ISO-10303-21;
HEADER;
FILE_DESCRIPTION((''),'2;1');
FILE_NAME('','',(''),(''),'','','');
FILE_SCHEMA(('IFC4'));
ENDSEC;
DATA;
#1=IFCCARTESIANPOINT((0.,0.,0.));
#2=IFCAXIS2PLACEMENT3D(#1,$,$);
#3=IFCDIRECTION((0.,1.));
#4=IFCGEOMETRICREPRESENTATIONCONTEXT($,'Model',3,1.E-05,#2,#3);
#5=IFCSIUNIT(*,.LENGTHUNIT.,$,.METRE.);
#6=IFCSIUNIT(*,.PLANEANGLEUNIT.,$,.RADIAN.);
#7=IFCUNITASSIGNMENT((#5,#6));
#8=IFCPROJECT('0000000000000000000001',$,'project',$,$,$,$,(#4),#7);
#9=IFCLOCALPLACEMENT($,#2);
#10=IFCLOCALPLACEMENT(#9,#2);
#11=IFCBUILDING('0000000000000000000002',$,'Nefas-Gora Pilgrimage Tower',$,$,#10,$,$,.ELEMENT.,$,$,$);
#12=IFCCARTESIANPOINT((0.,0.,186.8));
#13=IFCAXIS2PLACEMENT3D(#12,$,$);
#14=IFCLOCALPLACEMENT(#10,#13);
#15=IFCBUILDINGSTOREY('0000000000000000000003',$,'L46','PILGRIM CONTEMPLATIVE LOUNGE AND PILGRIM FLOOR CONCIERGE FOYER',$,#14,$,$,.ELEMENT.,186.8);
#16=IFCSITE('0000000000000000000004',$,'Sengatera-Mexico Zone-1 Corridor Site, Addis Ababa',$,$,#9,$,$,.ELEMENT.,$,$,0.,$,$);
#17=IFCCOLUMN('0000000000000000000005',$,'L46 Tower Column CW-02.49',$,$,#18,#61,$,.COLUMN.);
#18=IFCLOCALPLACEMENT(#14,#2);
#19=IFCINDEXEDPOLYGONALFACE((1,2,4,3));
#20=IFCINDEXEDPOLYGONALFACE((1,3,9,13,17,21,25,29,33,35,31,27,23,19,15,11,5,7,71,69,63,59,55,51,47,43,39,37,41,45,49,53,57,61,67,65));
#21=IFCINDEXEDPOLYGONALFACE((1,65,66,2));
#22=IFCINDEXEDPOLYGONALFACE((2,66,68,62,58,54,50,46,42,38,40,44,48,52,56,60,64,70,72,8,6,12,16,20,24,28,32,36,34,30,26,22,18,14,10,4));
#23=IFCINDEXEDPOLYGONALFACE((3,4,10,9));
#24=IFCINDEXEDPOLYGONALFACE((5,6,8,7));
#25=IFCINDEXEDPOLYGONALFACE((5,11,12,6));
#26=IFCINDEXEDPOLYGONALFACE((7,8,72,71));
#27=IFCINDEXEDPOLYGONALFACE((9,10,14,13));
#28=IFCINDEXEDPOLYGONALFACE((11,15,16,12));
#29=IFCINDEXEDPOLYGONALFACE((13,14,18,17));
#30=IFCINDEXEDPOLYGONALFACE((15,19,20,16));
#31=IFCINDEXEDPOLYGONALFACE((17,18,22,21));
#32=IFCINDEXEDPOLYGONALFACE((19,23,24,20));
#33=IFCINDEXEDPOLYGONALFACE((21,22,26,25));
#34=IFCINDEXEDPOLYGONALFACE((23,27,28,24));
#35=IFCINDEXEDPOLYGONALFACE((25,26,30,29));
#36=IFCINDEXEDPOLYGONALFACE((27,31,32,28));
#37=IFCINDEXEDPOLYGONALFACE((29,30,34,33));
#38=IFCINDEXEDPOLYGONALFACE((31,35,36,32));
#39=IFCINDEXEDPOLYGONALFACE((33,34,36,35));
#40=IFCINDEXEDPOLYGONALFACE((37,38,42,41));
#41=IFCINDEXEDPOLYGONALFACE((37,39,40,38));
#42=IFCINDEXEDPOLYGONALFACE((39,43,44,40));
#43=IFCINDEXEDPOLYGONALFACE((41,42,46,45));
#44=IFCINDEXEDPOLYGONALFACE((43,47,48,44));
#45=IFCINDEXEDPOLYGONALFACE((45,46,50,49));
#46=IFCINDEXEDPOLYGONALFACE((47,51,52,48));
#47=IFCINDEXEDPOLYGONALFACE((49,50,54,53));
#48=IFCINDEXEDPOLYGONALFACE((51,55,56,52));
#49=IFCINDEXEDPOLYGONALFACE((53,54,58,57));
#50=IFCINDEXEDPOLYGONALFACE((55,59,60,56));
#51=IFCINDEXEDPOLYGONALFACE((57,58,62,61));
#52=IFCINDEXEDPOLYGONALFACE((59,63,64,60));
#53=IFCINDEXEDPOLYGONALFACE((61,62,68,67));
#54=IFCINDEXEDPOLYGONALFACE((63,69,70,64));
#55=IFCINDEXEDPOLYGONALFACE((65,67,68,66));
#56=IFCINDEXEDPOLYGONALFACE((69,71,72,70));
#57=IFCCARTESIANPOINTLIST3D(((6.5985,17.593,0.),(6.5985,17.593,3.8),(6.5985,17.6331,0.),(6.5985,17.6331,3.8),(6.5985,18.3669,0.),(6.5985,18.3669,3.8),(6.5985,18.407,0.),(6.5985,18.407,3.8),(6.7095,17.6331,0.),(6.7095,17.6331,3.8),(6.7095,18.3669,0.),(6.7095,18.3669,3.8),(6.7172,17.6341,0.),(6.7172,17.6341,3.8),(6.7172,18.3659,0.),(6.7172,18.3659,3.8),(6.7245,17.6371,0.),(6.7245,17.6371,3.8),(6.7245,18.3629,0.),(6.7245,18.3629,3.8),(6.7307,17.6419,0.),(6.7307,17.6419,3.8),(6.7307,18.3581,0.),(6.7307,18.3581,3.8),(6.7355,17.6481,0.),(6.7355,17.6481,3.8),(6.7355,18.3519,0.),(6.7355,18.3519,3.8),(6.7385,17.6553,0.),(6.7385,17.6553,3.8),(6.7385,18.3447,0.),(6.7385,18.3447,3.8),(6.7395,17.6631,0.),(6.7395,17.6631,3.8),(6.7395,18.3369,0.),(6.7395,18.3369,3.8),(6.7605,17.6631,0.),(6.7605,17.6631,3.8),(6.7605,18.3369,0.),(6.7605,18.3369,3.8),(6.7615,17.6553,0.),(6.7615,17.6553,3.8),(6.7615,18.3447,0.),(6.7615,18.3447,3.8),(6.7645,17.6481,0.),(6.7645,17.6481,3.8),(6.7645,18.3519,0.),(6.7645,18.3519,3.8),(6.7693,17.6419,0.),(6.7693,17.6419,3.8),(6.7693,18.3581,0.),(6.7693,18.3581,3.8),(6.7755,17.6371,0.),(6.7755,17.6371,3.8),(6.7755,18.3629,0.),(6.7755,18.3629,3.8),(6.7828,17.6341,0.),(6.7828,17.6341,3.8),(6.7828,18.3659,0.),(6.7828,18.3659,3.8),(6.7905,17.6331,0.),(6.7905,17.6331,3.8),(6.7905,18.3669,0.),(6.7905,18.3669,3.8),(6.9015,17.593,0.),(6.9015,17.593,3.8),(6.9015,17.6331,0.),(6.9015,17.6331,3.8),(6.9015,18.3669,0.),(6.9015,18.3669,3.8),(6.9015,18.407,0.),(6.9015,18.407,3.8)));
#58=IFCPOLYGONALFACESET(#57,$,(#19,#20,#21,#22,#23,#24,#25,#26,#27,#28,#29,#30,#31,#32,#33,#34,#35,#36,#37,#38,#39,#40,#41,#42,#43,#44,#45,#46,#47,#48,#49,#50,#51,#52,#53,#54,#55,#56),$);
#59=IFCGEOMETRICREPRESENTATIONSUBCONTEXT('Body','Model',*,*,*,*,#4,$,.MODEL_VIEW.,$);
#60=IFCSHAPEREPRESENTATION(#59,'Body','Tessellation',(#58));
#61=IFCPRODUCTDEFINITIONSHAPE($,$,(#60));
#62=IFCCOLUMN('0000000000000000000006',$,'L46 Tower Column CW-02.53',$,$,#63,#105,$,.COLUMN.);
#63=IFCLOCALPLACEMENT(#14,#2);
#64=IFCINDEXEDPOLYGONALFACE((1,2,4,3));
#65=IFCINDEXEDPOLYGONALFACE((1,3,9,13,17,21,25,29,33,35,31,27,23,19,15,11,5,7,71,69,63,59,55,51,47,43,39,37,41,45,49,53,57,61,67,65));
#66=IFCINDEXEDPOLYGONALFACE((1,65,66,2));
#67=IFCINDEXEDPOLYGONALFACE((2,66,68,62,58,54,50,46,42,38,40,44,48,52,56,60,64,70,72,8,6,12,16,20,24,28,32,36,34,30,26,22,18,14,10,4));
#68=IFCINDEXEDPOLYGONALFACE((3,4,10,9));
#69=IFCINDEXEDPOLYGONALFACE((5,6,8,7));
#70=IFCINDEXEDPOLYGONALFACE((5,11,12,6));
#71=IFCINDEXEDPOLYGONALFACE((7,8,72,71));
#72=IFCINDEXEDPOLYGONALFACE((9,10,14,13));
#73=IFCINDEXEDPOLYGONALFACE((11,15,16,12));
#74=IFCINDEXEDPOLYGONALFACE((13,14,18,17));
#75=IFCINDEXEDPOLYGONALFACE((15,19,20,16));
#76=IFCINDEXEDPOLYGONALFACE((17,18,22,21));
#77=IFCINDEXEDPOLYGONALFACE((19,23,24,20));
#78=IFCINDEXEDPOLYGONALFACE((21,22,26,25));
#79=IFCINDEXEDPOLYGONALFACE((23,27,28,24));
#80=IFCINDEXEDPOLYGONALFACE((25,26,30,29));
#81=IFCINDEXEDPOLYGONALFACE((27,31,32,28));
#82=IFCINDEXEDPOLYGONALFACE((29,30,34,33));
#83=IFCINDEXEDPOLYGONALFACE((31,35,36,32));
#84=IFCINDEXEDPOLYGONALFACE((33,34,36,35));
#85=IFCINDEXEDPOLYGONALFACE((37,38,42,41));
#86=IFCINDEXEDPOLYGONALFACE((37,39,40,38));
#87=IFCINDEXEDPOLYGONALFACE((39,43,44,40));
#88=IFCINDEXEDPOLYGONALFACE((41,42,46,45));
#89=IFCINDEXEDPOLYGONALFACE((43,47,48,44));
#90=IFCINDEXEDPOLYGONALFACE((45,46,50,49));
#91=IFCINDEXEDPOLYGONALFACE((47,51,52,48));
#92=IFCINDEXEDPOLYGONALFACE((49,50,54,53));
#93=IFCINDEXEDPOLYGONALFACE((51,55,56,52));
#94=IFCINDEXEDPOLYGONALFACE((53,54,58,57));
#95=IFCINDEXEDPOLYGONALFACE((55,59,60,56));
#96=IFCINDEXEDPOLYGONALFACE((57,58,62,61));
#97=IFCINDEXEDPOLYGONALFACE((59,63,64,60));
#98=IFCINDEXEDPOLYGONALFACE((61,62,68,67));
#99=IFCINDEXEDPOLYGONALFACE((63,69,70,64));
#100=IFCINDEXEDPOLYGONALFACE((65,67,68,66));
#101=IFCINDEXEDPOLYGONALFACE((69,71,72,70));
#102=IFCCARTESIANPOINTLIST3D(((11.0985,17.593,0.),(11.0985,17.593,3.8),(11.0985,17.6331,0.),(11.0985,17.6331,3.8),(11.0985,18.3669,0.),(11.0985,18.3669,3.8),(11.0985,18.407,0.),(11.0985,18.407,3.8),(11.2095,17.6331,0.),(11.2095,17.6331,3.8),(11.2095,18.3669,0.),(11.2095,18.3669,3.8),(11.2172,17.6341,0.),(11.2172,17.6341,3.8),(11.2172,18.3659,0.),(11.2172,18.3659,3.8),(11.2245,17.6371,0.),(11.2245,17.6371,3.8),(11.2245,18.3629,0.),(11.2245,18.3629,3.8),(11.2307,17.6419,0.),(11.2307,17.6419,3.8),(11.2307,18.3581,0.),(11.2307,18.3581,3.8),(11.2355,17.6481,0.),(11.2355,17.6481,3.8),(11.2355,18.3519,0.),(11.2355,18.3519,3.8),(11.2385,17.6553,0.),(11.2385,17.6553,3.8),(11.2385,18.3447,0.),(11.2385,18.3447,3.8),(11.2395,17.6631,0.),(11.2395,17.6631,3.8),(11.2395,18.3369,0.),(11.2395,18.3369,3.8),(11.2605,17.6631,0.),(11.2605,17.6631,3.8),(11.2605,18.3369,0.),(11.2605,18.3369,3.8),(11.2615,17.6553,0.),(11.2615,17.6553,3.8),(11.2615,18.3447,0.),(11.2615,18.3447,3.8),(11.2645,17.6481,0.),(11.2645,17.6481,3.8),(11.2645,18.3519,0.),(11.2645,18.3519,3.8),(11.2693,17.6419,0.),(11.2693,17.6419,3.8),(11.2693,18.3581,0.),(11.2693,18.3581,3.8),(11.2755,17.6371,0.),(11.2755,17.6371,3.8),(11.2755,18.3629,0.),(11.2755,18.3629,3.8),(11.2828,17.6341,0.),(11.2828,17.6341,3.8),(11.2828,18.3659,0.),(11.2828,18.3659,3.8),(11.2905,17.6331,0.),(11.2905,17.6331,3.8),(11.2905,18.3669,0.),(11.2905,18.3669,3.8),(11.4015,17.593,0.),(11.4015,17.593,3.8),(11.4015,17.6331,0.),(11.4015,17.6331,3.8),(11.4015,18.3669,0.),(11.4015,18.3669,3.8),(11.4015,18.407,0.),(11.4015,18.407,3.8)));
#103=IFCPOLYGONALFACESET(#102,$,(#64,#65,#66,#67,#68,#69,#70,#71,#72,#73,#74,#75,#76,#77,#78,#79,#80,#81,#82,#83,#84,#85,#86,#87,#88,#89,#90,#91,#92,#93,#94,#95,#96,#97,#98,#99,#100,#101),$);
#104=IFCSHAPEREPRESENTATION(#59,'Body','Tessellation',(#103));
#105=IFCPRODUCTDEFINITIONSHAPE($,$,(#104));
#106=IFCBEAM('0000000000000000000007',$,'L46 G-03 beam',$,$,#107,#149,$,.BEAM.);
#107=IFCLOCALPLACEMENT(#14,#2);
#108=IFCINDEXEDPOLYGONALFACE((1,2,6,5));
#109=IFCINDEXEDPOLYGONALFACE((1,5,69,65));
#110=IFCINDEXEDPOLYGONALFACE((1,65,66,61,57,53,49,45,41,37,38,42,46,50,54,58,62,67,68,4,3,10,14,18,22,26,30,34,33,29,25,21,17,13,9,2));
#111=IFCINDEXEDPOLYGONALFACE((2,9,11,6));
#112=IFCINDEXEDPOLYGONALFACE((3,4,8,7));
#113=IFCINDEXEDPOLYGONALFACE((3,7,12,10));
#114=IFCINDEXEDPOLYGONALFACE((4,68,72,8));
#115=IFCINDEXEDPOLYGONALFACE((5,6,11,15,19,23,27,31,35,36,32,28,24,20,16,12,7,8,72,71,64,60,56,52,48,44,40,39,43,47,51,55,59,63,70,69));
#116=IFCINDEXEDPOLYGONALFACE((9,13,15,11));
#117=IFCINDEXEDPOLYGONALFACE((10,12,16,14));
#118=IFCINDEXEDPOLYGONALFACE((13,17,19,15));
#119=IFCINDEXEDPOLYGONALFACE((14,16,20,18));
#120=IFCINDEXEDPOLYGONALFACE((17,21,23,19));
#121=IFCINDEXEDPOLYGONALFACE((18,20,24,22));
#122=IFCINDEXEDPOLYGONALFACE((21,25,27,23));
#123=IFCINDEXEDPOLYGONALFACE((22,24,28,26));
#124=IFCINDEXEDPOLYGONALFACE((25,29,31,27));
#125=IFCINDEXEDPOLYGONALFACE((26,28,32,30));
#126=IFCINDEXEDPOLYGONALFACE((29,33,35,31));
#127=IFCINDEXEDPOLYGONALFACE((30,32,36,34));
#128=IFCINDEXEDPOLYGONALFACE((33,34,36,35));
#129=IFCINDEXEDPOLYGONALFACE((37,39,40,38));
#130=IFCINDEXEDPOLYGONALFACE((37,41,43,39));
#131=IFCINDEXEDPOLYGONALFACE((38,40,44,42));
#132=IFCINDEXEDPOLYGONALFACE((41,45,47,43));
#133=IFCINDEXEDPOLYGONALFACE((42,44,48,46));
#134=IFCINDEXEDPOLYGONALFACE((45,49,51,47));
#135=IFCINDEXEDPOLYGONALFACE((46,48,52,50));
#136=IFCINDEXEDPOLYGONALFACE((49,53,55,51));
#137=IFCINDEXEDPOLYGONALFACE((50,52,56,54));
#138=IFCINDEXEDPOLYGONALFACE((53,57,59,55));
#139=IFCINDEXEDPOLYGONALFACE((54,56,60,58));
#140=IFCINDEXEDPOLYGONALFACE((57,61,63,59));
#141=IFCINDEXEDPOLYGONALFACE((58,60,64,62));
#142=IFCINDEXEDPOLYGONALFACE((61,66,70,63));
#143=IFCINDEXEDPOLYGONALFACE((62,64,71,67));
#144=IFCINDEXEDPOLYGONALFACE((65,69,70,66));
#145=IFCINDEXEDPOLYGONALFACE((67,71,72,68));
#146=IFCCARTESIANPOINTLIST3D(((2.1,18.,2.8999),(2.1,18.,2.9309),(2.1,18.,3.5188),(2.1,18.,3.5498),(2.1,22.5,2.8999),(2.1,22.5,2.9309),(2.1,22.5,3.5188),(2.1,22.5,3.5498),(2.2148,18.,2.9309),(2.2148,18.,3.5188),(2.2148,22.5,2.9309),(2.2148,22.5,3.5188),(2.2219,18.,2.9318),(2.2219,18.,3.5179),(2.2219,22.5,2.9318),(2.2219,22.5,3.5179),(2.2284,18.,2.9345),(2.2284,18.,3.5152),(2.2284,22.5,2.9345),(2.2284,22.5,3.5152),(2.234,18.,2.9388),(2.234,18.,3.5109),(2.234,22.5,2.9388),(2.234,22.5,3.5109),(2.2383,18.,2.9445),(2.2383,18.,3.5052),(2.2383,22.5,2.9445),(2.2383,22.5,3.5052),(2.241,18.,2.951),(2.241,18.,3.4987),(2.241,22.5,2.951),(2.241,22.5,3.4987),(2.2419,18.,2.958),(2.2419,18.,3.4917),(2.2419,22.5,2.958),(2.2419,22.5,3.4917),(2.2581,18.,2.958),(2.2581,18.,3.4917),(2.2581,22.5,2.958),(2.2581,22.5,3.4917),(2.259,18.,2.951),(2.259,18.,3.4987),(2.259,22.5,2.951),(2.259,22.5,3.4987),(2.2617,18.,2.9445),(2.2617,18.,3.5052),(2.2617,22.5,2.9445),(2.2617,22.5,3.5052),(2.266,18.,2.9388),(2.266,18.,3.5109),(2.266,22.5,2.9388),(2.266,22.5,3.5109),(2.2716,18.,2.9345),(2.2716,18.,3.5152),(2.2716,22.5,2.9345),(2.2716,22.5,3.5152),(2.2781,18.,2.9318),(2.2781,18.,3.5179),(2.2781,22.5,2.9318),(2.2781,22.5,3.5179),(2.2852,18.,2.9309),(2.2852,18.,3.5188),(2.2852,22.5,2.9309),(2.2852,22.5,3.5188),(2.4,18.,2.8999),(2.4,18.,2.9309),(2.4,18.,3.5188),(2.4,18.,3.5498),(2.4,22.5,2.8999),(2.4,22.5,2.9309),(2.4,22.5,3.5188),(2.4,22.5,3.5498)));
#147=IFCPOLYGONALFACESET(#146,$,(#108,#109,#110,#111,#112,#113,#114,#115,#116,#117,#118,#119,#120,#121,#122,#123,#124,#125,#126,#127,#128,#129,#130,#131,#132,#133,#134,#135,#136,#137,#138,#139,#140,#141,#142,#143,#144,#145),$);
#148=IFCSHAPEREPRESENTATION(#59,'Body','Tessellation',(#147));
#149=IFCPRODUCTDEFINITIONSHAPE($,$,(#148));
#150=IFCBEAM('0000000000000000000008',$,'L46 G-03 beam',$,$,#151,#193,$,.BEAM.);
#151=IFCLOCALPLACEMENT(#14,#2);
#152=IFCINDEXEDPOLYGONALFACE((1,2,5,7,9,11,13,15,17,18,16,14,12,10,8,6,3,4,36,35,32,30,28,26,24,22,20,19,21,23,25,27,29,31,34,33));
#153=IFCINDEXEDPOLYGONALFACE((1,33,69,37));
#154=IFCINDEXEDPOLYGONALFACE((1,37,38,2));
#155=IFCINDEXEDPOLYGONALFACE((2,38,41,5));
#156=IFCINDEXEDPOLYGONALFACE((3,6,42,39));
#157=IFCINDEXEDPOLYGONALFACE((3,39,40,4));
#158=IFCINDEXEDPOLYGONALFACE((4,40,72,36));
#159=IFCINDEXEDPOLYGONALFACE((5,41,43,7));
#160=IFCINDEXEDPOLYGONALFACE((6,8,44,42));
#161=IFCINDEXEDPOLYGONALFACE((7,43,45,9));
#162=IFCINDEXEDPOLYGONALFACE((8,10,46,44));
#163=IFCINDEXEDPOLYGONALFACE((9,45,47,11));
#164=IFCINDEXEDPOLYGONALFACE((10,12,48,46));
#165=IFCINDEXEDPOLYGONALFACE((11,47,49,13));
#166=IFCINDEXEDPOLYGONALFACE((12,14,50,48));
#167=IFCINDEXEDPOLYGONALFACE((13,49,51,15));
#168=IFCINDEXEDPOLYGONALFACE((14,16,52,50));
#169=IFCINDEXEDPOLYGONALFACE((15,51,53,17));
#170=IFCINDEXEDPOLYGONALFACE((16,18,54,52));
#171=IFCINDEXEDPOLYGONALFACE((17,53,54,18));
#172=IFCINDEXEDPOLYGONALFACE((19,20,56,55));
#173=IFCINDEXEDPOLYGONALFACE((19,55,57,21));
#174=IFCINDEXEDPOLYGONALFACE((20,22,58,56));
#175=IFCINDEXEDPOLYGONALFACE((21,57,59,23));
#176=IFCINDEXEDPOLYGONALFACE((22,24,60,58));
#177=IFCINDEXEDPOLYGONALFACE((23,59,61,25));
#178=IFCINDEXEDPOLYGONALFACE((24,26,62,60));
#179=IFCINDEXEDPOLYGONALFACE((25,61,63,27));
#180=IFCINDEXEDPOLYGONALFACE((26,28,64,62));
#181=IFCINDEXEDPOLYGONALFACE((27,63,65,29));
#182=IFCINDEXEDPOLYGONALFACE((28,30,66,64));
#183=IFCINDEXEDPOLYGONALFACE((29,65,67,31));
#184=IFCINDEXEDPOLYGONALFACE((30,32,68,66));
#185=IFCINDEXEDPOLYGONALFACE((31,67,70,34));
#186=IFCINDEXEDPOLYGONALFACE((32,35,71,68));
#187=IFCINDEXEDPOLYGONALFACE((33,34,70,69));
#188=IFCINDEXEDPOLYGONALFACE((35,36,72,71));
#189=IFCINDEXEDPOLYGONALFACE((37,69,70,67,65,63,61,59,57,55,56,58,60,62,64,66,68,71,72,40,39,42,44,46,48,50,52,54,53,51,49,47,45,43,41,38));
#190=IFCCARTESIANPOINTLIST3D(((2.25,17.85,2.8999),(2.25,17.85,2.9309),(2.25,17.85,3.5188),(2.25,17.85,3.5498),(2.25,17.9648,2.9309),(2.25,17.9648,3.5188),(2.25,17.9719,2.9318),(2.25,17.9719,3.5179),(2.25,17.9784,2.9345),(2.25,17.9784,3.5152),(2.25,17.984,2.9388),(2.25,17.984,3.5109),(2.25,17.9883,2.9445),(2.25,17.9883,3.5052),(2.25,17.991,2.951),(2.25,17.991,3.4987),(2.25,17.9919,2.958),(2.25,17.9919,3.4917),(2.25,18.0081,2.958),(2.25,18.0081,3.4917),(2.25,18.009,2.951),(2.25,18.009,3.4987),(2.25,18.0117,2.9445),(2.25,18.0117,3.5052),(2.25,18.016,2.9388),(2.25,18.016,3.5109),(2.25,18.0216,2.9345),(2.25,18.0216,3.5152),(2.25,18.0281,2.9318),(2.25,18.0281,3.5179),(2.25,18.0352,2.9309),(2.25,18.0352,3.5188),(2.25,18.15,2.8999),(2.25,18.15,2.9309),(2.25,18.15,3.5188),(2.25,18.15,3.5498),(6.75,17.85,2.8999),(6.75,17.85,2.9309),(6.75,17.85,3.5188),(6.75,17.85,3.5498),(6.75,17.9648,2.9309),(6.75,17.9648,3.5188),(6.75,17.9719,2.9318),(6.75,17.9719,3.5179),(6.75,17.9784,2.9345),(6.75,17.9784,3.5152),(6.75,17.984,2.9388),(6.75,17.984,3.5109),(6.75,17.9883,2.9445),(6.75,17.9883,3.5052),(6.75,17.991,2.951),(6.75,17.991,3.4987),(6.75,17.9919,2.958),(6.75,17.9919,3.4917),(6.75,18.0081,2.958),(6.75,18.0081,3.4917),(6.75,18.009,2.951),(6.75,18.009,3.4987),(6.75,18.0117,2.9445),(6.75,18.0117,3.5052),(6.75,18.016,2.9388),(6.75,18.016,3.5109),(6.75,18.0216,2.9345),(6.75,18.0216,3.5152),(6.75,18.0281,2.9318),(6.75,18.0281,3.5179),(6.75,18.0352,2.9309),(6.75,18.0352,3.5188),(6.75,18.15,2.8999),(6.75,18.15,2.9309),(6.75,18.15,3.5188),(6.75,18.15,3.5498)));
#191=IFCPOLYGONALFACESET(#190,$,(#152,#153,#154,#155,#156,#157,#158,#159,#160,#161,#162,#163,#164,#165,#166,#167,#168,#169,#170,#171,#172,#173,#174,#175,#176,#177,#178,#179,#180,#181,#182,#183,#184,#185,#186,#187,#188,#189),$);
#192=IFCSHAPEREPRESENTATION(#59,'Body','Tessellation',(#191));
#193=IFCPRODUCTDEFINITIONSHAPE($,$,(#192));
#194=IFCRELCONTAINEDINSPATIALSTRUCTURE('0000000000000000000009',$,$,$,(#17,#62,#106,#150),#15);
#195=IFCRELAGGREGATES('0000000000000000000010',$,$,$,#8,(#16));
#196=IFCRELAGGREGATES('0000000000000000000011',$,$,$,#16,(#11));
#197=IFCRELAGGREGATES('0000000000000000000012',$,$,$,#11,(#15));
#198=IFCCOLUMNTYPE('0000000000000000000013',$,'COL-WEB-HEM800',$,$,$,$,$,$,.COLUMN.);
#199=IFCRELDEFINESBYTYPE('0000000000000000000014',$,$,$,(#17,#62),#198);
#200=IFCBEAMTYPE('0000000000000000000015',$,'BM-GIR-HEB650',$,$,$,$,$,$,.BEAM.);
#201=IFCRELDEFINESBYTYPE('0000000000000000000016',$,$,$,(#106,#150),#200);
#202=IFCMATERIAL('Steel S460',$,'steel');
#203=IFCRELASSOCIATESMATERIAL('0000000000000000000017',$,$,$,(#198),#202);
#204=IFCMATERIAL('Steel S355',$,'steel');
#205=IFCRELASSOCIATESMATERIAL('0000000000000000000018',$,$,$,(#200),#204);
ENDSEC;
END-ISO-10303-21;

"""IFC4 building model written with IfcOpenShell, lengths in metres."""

from ifc_helpers import new_model, si_unit, direction, frame, origin, origin_2d, place, context, subcontext, project, spatial, i_section, extrude, source, transform, mapped, material, material_profile, profile_set, type_object, element, save


model = new_model("IFC4")

# Units and contexts
model_context = context("Model", 3, precision=1e-05, world=origin(), true_north=direction((0.0, 1.0)))
body_context = subcontext(model_context, "Body", "Model", "MODEL_VIEW")
ifc_project = project(units=[si_unit("LENGTHUNIT", "METRE"), si_unit("PLANEANGLEUNIT", "RADIAN")], contexts=[model_context])

# Site, building, storey
site_placement = place(None, origin())
site = spatial("IfcSite", under=ifc_project, at=site_placement, Name="Sengatera-Mexico Zone-1 Corridor Site, Addis Ababa", CompositionType="ELEMENT", RefElevation=0.0)
building_placement = place(site_placement, origin())
building = spatial("IfcBuilding", under=site, at=building_placement, Name="Nefas-Gora Pilgrimage Tower", CompositionType="ELEMENT")
storey_placement = place(building_placement, frame((0.0, 0.0, 186.8)))
storey = spatial("IfcBuildingStorey", under=building, at=storey_placement, Name="L46", Description="PILGRIM CONTEMPLATIVE LOUNGE AND PILGRIM FLOOR CONCIERGE FOYER", CompositionType="ELEMENT", Elevation=186.8)

# Columns
ifc_material_1 = material(Name="Steel S460", Category="steel")
ifc_material_profile_1 = material_profile(ifc_material_1, i_section(OverallWidth=0.303, OverallDepth=0.814, WebThickness=0.021, FlangeThickness=0.04, FilletRadius=0.03, at=origin_2d()), Name="HEM 800")
ifc_profile_set_1 = profile_set([ifc_material_profile_1], Name="Steel S460")
column_type_1 = type_object("IfcColumnType", Name="COL-WEB-HEM800", PredefinedType="COLUMN", material=ifc_profile_set_1)
shared_shape_1 = source(origin(), body_context, "Body", "SweptSolid", [
    extrude(i_section(OverallWidth=0.303, OverallDepth=0.814, WebThickness=0.021, FlangeThickness=0.04, FilletRadius=0.03, at=origin_2d()), origin(), (0.0, 0.0, 1.0), 3.8),
])
for number, where, z_axis, x_axis, name in (
    (1, (6.75, 18.0, 0.0), (0.0, 0.0, 1.0), (1.0, 0.0, 0.0), "L46 Tower Column CW-02.49"),
    (2, (11.25, 18.0, 0.0), (0.0, 0.0, 1.0), (1.0, 0.0, 0.0), "L46 Tower Column CW-02.53"),
):
    element("IfcColumn", number, at=place(storey_placement, frame(where, z_axis=z_axis, x_axis=x_axis)), inside=storey, type_object=column_type_1, Name=name, PredefinedType="COLUMN", context=body_context, shape_type="MappedRepresentation", body=[
        mapped(shared_shape_1, transform((0.0, 0.0, 0.0), x_axis=(1.0, 0.0, 0.0), y_axis=(0.0, 1.0, 0.0), z_axis=(0.0, 0.0, 1.0), scale=1.0)),
    ])

# Beams
ifc_material_2 = material(Name="Steel S355", Category="steel")
ifc_material_profile_2 = material_profile(ifc_material_2, i_section(OverallWidth=0.3, OverallDepth=0.6499, WebThickness=0.0161, FlangeThickness=0.031, FilletRadius=0.0271, at=origin_2d()), Name="HEB 650")
ifc_profile_set_2 = profile_set([ifc_material_profile_2], Name="Steel S355")
beam_type = type_object("IfcBeamType", Name="BM-GIR-HEB650", PredefinedType="BEAM", material=ifc_profile_set_2)
shared_shape_2 = source(origin(), body_context, "Body", "SweptSolid", [
    extrude(i_section(OverallWidth=0.3, OverallDepth=0.6499, WebThickness=0.0161, FlangeThickness=0.031, FilletRadius=0.0271, at=origin_2d()), origin(), (0.0, 0.0, 1.0), 4.5),
])
for number, where, z_axis, x_axis, name in (
    (3, (2.25, 18.0, 3.2249), (0.0, 1.0, 0.0), (-1.0, 0.0, 0.0), "L46 G-03 beam"),
    (4, (2.25, 18.0, 3.2249), (1.0, 0.0, 0.0), (0.0, 1.0, 0.0), "L46 G-03 beam"),
):
    element("IfcBeam", number, at=place(storey_placement, frame(where, z_axis=z_axis, x_axis=x_axis)), inside=storey, type_object=beam_type, Name=name, PredefinedType="BEAM", context=body_context, shape_type="MappedRepresentation", body=[
        mapped(shared_shape_2, transform((0.0, 0.0, 0.0), x_axis=(1.0, 0.0, 0.0), y_axis=(0.0, 1.0, 0.0), z_axis=(0.0, 0.0, 1.0), scale=1.0)),
    ])

save(model, "model.ifc")
